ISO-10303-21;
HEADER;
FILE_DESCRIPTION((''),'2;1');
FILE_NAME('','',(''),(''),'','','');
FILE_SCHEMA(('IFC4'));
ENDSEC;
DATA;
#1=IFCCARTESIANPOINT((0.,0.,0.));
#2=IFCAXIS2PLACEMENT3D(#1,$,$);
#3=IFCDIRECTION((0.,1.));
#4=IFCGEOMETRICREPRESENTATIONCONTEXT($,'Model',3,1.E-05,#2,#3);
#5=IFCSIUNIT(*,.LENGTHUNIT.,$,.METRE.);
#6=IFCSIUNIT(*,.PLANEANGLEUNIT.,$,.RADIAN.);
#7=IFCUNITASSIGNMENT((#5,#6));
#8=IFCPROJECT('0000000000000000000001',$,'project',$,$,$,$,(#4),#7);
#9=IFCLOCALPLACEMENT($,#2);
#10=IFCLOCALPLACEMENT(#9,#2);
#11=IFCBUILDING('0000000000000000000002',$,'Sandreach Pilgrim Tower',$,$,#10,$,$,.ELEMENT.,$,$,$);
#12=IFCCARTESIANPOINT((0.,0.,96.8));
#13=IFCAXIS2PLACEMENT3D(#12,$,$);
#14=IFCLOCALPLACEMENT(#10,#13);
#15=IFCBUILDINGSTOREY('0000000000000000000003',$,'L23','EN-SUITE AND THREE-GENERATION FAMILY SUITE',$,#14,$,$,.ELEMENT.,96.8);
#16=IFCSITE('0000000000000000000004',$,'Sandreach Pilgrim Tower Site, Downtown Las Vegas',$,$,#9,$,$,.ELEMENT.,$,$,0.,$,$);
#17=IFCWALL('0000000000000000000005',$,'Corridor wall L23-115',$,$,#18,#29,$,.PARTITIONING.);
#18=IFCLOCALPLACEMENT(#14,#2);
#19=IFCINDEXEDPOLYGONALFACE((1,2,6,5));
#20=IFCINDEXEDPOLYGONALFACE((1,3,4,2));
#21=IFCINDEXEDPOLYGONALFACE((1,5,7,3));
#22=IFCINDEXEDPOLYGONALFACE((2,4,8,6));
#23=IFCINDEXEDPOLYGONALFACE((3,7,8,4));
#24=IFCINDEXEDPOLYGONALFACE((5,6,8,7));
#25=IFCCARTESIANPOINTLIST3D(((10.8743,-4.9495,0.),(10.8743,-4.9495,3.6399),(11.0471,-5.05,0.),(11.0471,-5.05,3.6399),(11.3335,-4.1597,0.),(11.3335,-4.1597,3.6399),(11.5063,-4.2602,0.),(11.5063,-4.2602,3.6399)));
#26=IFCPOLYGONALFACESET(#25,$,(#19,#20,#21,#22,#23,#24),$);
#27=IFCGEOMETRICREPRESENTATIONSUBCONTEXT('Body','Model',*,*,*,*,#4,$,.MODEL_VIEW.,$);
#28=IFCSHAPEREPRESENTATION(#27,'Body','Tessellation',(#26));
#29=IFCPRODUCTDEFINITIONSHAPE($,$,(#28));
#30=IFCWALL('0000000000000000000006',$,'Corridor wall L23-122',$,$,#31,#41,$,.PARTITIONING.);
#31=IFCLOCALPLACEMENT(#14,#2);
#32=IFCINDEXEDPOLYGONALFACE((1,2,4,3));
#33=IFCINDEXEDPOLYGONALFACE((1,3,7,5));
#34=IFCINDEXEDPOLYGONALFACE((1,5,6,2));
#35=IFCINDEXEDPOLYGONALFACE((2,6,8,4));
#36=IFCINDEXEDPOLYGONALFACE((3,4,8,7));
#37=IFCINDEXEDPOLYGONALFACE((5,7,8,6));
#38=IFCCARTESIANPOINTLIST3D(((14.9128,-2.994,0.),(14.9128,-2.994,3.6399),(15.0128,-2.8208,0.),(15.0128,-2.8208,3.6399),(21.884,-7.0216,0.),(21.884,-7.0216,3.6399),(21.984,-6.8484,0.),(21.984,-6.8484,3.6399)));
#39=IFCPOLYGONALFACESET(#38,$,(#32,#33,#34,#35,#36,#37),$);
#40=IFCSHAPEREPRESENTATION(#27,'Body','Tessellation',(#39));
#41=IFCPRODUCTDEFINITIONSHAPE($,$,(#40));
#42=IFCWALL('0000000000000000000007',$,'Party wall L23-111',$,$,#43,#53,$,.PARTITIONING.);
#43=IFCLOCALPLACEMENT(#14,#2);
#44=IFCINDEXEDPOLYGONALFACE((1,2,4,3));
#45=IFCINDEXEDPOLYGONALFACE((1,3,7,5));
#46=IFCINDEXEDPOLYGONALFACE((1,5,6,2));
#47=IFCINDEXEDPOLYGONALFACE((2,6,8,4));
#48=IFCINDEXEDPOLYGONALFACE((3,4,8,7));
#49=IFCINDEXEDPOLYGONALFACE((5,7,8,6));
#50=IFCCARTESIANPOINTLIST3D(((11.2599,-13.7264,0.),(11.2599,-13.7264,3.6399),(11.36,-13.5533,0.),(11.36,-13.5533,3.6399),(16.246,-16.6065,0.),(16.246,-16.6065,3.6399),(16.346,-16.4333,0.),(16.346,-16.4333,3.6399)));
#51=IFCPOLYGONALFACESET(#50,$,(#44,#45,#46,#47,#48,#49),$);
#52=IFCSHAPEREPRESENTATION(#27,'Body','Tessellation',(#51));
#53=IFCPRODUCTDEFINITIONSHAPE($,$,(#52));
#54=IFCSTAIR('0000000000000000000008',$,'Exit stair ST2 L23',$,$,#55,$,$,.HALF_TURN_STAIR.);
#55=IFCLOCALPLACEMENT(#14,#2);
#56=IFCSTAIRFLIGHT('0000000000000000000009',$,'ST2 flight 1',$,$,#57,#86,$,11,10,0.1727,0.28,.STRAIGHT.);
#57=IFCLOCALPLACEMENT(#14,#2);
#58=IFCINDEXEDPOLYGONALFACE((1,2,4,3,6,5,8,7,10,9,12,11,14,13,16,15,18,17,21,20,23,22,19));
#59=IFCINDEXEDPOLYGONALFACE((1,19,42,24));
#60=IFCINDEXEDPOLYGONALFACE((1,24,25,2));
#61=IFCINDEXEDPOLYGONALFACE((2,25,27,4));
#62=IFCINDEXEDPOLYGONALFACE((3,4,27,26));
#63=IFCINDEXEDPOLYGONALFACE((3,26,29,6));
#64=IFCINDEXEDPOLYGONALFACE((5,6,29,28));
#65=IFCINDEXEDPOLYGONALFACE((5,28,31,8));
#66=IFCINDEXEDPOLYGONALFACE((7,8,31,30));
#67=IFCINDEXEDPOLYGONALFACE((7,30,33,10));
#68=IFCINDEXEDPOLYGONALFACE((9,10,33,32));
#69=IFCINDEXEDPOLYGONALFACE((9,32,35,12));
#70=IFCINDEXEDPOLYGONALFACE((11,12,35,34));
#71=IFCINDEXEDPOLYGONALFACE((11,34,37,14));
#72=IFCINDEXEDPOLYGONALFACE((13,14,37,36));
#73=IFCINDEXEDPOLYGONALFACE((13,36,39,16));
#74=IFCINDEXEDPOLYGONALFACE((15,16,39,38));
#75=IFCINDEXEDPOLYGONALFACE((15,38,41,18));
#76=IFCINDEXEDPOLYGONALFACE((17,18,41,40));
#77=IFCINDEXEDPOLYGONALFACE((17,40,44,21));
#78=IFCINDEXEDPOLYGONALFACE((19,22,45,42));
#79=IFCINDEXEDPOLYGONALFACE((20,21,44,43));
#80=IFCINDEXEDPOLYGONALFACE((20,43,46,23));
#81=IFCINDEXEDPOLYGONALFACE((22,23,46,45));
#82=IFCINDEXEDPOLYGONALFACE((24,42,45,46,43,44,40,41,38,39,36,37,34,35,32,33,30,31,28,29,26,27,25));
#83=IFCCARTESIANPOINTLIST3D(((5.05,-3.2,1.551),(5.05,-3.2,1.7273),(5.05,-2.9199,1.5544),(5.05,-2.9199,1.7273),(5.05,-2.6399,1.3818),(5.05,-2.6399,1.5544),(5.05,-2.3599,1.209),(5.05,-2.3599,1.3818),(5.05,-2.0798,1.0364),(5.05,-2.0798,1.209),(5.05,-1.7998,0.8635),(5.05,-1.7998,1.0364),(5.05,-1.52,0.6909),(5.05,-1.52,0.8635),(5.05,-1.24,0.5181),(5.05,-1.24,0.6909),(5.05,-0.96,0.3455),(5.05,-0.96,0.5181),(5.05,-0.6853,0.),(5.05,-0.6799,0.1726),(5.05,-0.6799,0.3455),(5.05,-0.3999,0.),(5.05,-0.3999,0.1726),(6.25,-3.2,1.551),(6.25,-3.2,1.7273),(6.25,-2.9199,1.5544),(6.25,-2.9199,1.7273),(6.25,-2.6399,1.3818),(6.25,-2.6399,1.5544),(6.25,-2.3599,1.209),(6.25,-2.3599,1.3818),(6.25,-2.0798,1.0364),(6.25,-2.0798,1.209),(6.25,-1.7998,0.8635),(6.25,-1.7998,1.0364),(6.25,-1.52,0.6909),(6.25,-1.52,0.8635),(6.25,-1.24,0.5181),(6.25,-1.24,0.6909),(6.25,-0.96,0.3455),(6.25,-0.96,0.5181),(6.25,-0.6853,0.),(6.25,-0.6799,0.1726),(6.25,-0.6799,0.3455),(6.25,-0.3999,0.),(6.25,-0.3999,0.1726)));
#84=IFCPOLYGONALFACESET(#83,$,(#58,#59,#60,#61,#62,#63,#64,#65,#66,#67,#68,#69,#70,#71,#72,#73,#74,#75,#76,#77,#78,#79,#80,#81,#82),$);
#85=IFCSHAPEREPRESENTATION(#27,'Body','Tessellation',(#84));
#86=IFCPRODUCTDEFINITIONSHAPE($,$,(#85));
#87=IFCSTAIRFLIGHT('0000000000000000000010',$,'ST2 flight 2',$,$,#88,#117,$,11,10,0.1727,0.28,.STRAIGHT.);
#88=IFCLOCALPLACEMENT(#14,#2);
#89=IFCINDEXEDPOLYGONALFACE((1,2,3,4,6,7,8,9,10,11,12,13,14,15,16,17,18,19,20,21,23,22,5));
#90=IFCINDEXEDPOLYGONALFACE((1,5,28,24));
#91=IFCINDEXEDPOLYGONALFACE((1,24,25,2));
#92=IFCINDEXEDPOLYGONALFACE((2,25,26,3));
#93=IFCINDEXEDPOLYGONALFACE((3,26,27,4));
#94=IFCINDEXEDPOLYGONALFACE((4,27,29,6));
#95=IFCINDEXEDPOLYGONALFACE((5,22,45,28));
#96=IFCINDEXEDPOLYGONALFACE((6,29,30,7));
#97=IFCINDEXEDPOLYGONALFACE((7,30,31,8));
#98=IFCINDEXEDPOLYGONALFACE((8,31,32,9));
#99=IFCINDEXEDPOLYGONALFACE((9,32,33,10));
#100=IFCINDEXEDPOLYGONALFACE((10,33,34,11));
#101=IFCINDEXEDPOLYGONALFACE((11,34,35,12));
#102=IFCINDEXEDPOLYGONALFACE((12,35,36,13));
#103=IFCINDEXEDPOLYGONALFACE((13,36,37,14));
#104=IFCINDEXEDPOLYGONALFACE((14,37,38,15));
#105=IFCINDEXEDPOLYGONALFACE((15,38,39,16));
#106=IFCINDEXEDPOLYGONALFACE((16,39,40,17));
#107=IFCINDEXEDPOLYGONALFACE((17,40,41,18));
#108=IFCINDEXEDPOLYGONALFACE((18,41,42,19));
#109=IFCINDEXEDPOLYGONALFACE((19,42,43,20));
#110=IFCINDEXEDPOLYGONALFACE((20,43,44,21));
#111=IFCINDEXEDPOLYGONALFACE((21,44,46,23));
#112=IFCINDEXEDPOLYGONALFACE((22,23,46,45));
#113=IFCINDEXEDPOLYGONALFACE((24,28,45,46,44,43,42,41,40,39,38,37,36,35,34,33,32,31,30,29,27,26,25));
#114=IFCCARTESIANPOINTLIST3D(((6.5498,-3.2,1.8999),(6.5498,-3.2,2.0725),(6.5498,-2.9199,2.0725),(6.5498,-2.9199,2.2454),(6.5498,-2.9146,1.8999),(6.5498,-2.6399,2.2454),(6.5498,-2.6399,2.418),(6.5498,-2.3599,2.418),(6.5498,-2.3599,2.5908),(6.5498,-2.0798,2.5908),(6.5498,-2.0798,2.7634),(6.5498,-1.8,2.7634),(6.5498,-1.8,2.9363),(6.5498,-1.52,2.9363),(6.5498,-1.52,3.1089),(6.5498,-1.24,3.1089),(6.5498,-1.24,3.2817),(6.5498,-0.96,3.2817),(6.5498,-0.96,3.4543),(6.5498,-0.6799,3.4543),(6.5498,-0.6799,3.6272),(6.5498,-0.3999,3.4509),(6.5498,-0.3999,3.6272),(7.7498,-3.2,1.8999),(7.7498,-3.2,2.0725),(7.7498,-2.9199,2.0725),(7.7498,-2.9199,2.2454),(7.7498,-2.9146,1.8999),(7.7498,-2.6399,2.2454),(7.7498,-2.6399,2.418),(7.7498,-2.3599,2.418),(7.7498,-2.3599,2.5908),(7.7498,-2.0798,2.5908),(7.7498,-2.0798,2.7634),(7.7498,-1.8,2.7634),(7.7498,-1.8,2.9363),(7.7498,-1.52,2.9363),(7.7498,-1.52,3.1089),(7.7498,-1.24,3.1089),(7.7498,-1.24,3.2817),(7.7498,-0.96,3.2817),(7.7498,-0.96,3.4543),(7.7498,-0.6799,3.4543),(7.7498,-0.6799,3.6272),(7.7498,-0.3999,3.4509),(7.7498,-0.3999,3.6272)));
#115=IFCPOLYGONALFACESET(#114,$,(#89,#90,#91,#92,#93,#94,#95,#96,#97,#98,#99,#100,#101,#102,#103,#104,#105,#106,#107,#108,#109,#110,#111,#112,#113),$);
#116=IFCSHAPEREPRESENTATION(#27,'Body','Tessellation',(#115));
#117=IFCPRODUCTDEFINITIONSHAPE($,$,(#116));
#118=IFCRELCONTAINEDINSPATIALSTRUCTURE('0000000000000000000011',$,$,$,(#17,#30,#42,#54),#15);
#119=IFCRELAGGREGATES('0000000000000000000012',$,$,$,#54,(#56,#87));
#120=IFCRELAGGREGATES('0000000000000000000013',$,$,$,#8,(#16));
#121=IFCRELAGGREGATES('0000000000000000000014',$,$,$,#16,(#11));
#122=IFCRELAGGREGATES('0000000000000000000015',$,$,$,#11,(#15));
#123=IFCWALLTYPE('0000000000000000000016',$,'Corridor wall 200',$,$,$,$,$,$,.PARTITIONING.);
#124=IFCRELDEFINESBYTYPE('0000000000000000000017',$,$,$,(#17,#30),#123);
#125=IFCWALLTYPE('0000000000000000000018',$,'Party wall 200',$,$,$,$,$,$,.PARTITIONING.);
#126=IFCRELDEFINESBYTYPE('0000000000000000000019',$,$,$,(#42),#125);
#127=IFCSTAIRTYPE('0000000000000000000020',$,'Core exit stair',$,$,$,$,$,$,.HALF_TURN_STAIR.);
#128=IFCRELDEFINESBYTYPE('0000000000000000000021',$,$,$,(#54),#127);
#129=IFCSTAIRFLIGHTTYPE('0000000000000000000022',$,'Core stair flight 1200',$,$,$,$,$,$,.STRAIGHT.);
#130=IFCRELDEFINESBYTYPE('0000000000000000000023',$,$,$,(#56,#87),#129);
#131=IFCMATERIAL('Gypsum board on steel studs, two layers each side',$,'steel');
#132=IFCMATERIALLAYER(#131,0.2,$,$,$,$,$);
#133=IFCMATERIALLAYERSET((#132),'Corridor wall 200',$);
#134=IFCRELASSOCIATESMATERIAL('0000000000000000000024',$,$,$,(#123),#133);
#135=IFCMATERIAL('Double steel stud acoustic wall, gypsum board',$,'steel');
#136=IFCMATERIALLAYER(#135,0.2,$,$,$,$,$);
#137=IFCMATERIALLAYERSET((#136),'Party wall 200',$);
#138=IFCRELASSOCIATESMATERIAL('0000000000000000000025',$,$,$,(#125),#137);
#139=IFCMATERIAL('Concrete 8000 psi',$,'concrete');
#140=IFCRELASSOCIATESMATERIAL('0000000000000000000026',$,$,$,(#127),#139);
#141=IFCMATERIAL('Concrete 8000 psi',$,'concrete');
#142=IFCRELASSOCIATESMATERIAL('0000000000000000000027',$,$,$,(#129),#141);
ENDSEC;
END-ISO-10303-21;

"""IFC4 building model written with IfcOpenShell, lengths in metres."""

from ifc_helpers import new_model, si_unit, direction, frame, frame_2d, origin, place, context, subcontext, project, spatial, polyline, rectangle, outline, extrude, material, layer, layer_set, type_object, element, aggregate, save


model = new_model("IFC4")

# Units and contexts
model_context = context("Model", 3, precision=1e-05, world=origin(), true_north=direction((0.0, 1.0)))
body_context = subcontext(model_context, "Body", "Model", "MODEL_VIEW")
ifc_project = project(units=[si_unit("LENGTHUNIT", "METRE"), si_unit("PLANEANGLEUNIT", "RADIAN")], contexts=[model_context])

# Site, building, storey
site_placement = place(None, origin())
site = spatial("IfcSite", under=ifc_project, at=site_placement, Name="Sandreach Pilgrim Tower Site, Downtown Las Vegas", CompositionType="ELEMENT", RefElevation=0.0)
building_placement = place(site_placement, origin())
building = spatial("IfcBuilding", under=site, at=building_placement, Name="Sandreach Pilgrim Tower", CompositionType="ELEMENT")
storey_placement = place(building_placement, frame((0.0, 0.0, 96.8)))
storey = spatial("IfcBuildingStorey", under=building, at=storey_placement, Name="L23", Description="EN-SUITE AND THREE-GENERATION FAMILY SUITE", CompositionType="ELEMENT", Elevation=96.8)

# Shared definitions
ifc_material_1 = material(Name="Gypsum board on steel studs, two layers each side", Category="steel")
ifc_layer_1 = layer(ifc_material_1, 0.2)
ifc_layer_set_1 = layer_set([ifc_layer_1], Name="Corridor wall 200")
wall_type_1 = type_object("IfcWallType", Name="Corridor wall 200", PredefinedType="PARTITIONING", material=ifc_layer_set_1)

# Walls
wall_1_placement = place(storey_placement, frame((11.4199, -4.21, 0.0), z_axis=(0.0, 0.0, 1.0), x_axis=(-0.502658, -0.864486, 0.0)))
element("IfcWall", 1, at=wall_1_placement, inside=storey, type_object=wall_type_1, Name="Corridor wall L23-115", PredefinedType="PARTITIONING", context=body_context, shape_type="SweptSolid", body=[
    extrude(rectangle(XDim=0.9136, YDim=0.2, at=frame_2d((0.4568, 0.0))), origin(), (0.0, 0.0, 1.0), 3.6399),
])
wall_2_placement = place(storey_placement, frame((14.9629, -2.9075, 0.0), z_axis=(0.0, 0.0, 1.0), x_axis=(0.865876, -0.500258, 0.0)))
element("IfcWall", 2, at=wall_2_placement, inside=storey, type_object=wall_type_1, Name="Corridor wall L23-122", PredefinedType="PARTITIONING", context=body_context, shape_type="SweptSolid", body=[
    extrude(rectangle(XDim=8.051, YDim=0.2, at=frame_2d((4.0254, 0.0))), origin(), (0.0, 0.0, 1.0), 3.6399),
])
ifc_material_2 = material(Name="Double steel stud acoustic wall, gypsum board", Category="steel")
ifc_layer_2 = layer(ifc_material_2, 0.2)
ifc_layer_set_2 = layer_set([ifc_layer_2], Name="Party wall 200")
wall_type_2 = type_object("IfcWallType", Name="Party wall 200", PredefinedType="PARTITIONING", material=ifc_layer_set_2)
wall_3_placement = place(storey_placement, frame((11.3101, -13.6399, 0.0), z_axis=(0.0, 0.0, 1.0), x_axis=(0.865919, -0.500184, 0.0)))
element("IfcWall", 3, at=wall_3_placement, inside=storey, type_object=wall_type_2, Name="Party wall L23-111", PredefinedType="PARTITIONING", context=body_context, shape_type="SweptSolid", body=[
    extrude(rectangle(XDim=5.7581, YDim=0.2, at=frame_2d((2.8789, 0.0))), origin(), (0.0, 0.0, 1.0), 3.6399),
])

# Stair, stair flights
ifc_material_3 = material(Name="Concrete 8000 psi", Category="concrete")
stair_type = type_object("IfcStairType", Name="Core exit stair", PredefinedType="HALF_TURN_STAIR", material=ifc_material_3)
stair_placement = place(storey_placement, origin())
stair = element("IfcStair", 4, at=stair_placement, inside=storey, type_object=stair_type, Name="Exit stair ST2 L23", PredefinedType="HALF_TURN_STAIR")
ifc_material_4 = material(Name="Concrete 8000 psi", Category="concrete")
stair_flight_type = type_object("IfcStairFlightType", Name="Core stair flight 1200", PredefinedType="STRAIGHT", material=ifc_material_4)
stair_flight_1_placement = place(storey_placement, frame((5.6499, -0.3999, 0.0), z_axis=(0.0, 0.0, 1.0), x_axis=(0.0, -1.0, 0.0)))
stair_flight_1 = element("IfcStairFlight", 5, at=stair_flight_1_placement, type_object=stair_flight_type, Name="ST2 flight 1", NumberOfRisers=11, NumberOfTreads=10, PredefinedType="STRAIGHT", RiserHeight=0.1727, TreadLength=0.28, context=body_context, shape_type="SweptSolid", body=[
    extrude(outline(polyline([(0.0, 0.0), (0.0, 0.1726), (0.28, 0.1726), (0.28, 0.3455), (0.5601, 0.3455), (0.5601, 0.5181), (0.8401, 0.5181), (0.8401, 0.6909), (1.1201, 0.6909), (1.1201, 0.8635), (1.3999, 0.8635), (1.3999, 1.0364), (1.6799, 1.0364), (1.6799, 1.209), (1.96, 1.209), (1.96, 1.3818), (2.24, 1.3818), (2.24, 1.5544), (2.52, 1.5544), (2.52, 1.7273), (2.8, 1.7273), (2.8, 1.8999), (2.8, 1.551), (0.2854, 0.0), (0.0, 0.0)])), frame((0.0, 0.6001, 0.0), z_axis=(0.0, -1.0, 0.0), x_axis=(1.0, 0.0, 0.0)), (0.0, 0.0, 1.0), 1.2),
])
stair_flight_2_placement = place(storey_placement, frame((7.1499, -3.2, 1.8999), z_axis=(0.0, 0.0, 1.0), x_axis=(0.0, 1.0, 0.0)))
stair_flight_2 = element("IfcStairFlight", 6, at=stair_flight_2_placement, type_object=stair_flight_type, Name="ST2 flight 2", NumberOfRisers=11, NumberOfTreads=10, PredefinedType="STRAIGHT", RiserHeight=0.1727, TreadLength=0.28, context=body_context, shape_type="SweptSolid", body=[
    extrude(outline(polyline([(0.0, 0.0), (0.0, 0.1726), (0.28, 0.1726), (0.28, 0.3455), (0.5601, 0.3455), (0.5601, 0.5181), (0.8401, 0.5181), (0.8401, 0.6909), (1.1201, 0.6909), (1.1201, 0.8635), (1.3999, 0.8635), (1.3999, 1.0364), (1.6799, 1.0364), (1.6799, 1.209), (1.96, 1.209), (1.96, 1.3818), (2.24, 1.3818), (2.24, 1.5544), (2.52, 1.5544), (2.52, 1.7273), (2.8, 1.7273), (2.8, 1.8999), (2.8, 1.551), (0.2854, 0.0), (0.0, 0.0)])), frame((0.0, 0.6001, 0.0), z_axis=(0.0, -1.0, 0.0), x_axis=(1.0, 0.0, 0.0)), (0.0, 0.0, 1.0), 1.2),
])
aggregate(stair, [stair_flight_1, stair_flight_2])

save(model, "model.ifc")
